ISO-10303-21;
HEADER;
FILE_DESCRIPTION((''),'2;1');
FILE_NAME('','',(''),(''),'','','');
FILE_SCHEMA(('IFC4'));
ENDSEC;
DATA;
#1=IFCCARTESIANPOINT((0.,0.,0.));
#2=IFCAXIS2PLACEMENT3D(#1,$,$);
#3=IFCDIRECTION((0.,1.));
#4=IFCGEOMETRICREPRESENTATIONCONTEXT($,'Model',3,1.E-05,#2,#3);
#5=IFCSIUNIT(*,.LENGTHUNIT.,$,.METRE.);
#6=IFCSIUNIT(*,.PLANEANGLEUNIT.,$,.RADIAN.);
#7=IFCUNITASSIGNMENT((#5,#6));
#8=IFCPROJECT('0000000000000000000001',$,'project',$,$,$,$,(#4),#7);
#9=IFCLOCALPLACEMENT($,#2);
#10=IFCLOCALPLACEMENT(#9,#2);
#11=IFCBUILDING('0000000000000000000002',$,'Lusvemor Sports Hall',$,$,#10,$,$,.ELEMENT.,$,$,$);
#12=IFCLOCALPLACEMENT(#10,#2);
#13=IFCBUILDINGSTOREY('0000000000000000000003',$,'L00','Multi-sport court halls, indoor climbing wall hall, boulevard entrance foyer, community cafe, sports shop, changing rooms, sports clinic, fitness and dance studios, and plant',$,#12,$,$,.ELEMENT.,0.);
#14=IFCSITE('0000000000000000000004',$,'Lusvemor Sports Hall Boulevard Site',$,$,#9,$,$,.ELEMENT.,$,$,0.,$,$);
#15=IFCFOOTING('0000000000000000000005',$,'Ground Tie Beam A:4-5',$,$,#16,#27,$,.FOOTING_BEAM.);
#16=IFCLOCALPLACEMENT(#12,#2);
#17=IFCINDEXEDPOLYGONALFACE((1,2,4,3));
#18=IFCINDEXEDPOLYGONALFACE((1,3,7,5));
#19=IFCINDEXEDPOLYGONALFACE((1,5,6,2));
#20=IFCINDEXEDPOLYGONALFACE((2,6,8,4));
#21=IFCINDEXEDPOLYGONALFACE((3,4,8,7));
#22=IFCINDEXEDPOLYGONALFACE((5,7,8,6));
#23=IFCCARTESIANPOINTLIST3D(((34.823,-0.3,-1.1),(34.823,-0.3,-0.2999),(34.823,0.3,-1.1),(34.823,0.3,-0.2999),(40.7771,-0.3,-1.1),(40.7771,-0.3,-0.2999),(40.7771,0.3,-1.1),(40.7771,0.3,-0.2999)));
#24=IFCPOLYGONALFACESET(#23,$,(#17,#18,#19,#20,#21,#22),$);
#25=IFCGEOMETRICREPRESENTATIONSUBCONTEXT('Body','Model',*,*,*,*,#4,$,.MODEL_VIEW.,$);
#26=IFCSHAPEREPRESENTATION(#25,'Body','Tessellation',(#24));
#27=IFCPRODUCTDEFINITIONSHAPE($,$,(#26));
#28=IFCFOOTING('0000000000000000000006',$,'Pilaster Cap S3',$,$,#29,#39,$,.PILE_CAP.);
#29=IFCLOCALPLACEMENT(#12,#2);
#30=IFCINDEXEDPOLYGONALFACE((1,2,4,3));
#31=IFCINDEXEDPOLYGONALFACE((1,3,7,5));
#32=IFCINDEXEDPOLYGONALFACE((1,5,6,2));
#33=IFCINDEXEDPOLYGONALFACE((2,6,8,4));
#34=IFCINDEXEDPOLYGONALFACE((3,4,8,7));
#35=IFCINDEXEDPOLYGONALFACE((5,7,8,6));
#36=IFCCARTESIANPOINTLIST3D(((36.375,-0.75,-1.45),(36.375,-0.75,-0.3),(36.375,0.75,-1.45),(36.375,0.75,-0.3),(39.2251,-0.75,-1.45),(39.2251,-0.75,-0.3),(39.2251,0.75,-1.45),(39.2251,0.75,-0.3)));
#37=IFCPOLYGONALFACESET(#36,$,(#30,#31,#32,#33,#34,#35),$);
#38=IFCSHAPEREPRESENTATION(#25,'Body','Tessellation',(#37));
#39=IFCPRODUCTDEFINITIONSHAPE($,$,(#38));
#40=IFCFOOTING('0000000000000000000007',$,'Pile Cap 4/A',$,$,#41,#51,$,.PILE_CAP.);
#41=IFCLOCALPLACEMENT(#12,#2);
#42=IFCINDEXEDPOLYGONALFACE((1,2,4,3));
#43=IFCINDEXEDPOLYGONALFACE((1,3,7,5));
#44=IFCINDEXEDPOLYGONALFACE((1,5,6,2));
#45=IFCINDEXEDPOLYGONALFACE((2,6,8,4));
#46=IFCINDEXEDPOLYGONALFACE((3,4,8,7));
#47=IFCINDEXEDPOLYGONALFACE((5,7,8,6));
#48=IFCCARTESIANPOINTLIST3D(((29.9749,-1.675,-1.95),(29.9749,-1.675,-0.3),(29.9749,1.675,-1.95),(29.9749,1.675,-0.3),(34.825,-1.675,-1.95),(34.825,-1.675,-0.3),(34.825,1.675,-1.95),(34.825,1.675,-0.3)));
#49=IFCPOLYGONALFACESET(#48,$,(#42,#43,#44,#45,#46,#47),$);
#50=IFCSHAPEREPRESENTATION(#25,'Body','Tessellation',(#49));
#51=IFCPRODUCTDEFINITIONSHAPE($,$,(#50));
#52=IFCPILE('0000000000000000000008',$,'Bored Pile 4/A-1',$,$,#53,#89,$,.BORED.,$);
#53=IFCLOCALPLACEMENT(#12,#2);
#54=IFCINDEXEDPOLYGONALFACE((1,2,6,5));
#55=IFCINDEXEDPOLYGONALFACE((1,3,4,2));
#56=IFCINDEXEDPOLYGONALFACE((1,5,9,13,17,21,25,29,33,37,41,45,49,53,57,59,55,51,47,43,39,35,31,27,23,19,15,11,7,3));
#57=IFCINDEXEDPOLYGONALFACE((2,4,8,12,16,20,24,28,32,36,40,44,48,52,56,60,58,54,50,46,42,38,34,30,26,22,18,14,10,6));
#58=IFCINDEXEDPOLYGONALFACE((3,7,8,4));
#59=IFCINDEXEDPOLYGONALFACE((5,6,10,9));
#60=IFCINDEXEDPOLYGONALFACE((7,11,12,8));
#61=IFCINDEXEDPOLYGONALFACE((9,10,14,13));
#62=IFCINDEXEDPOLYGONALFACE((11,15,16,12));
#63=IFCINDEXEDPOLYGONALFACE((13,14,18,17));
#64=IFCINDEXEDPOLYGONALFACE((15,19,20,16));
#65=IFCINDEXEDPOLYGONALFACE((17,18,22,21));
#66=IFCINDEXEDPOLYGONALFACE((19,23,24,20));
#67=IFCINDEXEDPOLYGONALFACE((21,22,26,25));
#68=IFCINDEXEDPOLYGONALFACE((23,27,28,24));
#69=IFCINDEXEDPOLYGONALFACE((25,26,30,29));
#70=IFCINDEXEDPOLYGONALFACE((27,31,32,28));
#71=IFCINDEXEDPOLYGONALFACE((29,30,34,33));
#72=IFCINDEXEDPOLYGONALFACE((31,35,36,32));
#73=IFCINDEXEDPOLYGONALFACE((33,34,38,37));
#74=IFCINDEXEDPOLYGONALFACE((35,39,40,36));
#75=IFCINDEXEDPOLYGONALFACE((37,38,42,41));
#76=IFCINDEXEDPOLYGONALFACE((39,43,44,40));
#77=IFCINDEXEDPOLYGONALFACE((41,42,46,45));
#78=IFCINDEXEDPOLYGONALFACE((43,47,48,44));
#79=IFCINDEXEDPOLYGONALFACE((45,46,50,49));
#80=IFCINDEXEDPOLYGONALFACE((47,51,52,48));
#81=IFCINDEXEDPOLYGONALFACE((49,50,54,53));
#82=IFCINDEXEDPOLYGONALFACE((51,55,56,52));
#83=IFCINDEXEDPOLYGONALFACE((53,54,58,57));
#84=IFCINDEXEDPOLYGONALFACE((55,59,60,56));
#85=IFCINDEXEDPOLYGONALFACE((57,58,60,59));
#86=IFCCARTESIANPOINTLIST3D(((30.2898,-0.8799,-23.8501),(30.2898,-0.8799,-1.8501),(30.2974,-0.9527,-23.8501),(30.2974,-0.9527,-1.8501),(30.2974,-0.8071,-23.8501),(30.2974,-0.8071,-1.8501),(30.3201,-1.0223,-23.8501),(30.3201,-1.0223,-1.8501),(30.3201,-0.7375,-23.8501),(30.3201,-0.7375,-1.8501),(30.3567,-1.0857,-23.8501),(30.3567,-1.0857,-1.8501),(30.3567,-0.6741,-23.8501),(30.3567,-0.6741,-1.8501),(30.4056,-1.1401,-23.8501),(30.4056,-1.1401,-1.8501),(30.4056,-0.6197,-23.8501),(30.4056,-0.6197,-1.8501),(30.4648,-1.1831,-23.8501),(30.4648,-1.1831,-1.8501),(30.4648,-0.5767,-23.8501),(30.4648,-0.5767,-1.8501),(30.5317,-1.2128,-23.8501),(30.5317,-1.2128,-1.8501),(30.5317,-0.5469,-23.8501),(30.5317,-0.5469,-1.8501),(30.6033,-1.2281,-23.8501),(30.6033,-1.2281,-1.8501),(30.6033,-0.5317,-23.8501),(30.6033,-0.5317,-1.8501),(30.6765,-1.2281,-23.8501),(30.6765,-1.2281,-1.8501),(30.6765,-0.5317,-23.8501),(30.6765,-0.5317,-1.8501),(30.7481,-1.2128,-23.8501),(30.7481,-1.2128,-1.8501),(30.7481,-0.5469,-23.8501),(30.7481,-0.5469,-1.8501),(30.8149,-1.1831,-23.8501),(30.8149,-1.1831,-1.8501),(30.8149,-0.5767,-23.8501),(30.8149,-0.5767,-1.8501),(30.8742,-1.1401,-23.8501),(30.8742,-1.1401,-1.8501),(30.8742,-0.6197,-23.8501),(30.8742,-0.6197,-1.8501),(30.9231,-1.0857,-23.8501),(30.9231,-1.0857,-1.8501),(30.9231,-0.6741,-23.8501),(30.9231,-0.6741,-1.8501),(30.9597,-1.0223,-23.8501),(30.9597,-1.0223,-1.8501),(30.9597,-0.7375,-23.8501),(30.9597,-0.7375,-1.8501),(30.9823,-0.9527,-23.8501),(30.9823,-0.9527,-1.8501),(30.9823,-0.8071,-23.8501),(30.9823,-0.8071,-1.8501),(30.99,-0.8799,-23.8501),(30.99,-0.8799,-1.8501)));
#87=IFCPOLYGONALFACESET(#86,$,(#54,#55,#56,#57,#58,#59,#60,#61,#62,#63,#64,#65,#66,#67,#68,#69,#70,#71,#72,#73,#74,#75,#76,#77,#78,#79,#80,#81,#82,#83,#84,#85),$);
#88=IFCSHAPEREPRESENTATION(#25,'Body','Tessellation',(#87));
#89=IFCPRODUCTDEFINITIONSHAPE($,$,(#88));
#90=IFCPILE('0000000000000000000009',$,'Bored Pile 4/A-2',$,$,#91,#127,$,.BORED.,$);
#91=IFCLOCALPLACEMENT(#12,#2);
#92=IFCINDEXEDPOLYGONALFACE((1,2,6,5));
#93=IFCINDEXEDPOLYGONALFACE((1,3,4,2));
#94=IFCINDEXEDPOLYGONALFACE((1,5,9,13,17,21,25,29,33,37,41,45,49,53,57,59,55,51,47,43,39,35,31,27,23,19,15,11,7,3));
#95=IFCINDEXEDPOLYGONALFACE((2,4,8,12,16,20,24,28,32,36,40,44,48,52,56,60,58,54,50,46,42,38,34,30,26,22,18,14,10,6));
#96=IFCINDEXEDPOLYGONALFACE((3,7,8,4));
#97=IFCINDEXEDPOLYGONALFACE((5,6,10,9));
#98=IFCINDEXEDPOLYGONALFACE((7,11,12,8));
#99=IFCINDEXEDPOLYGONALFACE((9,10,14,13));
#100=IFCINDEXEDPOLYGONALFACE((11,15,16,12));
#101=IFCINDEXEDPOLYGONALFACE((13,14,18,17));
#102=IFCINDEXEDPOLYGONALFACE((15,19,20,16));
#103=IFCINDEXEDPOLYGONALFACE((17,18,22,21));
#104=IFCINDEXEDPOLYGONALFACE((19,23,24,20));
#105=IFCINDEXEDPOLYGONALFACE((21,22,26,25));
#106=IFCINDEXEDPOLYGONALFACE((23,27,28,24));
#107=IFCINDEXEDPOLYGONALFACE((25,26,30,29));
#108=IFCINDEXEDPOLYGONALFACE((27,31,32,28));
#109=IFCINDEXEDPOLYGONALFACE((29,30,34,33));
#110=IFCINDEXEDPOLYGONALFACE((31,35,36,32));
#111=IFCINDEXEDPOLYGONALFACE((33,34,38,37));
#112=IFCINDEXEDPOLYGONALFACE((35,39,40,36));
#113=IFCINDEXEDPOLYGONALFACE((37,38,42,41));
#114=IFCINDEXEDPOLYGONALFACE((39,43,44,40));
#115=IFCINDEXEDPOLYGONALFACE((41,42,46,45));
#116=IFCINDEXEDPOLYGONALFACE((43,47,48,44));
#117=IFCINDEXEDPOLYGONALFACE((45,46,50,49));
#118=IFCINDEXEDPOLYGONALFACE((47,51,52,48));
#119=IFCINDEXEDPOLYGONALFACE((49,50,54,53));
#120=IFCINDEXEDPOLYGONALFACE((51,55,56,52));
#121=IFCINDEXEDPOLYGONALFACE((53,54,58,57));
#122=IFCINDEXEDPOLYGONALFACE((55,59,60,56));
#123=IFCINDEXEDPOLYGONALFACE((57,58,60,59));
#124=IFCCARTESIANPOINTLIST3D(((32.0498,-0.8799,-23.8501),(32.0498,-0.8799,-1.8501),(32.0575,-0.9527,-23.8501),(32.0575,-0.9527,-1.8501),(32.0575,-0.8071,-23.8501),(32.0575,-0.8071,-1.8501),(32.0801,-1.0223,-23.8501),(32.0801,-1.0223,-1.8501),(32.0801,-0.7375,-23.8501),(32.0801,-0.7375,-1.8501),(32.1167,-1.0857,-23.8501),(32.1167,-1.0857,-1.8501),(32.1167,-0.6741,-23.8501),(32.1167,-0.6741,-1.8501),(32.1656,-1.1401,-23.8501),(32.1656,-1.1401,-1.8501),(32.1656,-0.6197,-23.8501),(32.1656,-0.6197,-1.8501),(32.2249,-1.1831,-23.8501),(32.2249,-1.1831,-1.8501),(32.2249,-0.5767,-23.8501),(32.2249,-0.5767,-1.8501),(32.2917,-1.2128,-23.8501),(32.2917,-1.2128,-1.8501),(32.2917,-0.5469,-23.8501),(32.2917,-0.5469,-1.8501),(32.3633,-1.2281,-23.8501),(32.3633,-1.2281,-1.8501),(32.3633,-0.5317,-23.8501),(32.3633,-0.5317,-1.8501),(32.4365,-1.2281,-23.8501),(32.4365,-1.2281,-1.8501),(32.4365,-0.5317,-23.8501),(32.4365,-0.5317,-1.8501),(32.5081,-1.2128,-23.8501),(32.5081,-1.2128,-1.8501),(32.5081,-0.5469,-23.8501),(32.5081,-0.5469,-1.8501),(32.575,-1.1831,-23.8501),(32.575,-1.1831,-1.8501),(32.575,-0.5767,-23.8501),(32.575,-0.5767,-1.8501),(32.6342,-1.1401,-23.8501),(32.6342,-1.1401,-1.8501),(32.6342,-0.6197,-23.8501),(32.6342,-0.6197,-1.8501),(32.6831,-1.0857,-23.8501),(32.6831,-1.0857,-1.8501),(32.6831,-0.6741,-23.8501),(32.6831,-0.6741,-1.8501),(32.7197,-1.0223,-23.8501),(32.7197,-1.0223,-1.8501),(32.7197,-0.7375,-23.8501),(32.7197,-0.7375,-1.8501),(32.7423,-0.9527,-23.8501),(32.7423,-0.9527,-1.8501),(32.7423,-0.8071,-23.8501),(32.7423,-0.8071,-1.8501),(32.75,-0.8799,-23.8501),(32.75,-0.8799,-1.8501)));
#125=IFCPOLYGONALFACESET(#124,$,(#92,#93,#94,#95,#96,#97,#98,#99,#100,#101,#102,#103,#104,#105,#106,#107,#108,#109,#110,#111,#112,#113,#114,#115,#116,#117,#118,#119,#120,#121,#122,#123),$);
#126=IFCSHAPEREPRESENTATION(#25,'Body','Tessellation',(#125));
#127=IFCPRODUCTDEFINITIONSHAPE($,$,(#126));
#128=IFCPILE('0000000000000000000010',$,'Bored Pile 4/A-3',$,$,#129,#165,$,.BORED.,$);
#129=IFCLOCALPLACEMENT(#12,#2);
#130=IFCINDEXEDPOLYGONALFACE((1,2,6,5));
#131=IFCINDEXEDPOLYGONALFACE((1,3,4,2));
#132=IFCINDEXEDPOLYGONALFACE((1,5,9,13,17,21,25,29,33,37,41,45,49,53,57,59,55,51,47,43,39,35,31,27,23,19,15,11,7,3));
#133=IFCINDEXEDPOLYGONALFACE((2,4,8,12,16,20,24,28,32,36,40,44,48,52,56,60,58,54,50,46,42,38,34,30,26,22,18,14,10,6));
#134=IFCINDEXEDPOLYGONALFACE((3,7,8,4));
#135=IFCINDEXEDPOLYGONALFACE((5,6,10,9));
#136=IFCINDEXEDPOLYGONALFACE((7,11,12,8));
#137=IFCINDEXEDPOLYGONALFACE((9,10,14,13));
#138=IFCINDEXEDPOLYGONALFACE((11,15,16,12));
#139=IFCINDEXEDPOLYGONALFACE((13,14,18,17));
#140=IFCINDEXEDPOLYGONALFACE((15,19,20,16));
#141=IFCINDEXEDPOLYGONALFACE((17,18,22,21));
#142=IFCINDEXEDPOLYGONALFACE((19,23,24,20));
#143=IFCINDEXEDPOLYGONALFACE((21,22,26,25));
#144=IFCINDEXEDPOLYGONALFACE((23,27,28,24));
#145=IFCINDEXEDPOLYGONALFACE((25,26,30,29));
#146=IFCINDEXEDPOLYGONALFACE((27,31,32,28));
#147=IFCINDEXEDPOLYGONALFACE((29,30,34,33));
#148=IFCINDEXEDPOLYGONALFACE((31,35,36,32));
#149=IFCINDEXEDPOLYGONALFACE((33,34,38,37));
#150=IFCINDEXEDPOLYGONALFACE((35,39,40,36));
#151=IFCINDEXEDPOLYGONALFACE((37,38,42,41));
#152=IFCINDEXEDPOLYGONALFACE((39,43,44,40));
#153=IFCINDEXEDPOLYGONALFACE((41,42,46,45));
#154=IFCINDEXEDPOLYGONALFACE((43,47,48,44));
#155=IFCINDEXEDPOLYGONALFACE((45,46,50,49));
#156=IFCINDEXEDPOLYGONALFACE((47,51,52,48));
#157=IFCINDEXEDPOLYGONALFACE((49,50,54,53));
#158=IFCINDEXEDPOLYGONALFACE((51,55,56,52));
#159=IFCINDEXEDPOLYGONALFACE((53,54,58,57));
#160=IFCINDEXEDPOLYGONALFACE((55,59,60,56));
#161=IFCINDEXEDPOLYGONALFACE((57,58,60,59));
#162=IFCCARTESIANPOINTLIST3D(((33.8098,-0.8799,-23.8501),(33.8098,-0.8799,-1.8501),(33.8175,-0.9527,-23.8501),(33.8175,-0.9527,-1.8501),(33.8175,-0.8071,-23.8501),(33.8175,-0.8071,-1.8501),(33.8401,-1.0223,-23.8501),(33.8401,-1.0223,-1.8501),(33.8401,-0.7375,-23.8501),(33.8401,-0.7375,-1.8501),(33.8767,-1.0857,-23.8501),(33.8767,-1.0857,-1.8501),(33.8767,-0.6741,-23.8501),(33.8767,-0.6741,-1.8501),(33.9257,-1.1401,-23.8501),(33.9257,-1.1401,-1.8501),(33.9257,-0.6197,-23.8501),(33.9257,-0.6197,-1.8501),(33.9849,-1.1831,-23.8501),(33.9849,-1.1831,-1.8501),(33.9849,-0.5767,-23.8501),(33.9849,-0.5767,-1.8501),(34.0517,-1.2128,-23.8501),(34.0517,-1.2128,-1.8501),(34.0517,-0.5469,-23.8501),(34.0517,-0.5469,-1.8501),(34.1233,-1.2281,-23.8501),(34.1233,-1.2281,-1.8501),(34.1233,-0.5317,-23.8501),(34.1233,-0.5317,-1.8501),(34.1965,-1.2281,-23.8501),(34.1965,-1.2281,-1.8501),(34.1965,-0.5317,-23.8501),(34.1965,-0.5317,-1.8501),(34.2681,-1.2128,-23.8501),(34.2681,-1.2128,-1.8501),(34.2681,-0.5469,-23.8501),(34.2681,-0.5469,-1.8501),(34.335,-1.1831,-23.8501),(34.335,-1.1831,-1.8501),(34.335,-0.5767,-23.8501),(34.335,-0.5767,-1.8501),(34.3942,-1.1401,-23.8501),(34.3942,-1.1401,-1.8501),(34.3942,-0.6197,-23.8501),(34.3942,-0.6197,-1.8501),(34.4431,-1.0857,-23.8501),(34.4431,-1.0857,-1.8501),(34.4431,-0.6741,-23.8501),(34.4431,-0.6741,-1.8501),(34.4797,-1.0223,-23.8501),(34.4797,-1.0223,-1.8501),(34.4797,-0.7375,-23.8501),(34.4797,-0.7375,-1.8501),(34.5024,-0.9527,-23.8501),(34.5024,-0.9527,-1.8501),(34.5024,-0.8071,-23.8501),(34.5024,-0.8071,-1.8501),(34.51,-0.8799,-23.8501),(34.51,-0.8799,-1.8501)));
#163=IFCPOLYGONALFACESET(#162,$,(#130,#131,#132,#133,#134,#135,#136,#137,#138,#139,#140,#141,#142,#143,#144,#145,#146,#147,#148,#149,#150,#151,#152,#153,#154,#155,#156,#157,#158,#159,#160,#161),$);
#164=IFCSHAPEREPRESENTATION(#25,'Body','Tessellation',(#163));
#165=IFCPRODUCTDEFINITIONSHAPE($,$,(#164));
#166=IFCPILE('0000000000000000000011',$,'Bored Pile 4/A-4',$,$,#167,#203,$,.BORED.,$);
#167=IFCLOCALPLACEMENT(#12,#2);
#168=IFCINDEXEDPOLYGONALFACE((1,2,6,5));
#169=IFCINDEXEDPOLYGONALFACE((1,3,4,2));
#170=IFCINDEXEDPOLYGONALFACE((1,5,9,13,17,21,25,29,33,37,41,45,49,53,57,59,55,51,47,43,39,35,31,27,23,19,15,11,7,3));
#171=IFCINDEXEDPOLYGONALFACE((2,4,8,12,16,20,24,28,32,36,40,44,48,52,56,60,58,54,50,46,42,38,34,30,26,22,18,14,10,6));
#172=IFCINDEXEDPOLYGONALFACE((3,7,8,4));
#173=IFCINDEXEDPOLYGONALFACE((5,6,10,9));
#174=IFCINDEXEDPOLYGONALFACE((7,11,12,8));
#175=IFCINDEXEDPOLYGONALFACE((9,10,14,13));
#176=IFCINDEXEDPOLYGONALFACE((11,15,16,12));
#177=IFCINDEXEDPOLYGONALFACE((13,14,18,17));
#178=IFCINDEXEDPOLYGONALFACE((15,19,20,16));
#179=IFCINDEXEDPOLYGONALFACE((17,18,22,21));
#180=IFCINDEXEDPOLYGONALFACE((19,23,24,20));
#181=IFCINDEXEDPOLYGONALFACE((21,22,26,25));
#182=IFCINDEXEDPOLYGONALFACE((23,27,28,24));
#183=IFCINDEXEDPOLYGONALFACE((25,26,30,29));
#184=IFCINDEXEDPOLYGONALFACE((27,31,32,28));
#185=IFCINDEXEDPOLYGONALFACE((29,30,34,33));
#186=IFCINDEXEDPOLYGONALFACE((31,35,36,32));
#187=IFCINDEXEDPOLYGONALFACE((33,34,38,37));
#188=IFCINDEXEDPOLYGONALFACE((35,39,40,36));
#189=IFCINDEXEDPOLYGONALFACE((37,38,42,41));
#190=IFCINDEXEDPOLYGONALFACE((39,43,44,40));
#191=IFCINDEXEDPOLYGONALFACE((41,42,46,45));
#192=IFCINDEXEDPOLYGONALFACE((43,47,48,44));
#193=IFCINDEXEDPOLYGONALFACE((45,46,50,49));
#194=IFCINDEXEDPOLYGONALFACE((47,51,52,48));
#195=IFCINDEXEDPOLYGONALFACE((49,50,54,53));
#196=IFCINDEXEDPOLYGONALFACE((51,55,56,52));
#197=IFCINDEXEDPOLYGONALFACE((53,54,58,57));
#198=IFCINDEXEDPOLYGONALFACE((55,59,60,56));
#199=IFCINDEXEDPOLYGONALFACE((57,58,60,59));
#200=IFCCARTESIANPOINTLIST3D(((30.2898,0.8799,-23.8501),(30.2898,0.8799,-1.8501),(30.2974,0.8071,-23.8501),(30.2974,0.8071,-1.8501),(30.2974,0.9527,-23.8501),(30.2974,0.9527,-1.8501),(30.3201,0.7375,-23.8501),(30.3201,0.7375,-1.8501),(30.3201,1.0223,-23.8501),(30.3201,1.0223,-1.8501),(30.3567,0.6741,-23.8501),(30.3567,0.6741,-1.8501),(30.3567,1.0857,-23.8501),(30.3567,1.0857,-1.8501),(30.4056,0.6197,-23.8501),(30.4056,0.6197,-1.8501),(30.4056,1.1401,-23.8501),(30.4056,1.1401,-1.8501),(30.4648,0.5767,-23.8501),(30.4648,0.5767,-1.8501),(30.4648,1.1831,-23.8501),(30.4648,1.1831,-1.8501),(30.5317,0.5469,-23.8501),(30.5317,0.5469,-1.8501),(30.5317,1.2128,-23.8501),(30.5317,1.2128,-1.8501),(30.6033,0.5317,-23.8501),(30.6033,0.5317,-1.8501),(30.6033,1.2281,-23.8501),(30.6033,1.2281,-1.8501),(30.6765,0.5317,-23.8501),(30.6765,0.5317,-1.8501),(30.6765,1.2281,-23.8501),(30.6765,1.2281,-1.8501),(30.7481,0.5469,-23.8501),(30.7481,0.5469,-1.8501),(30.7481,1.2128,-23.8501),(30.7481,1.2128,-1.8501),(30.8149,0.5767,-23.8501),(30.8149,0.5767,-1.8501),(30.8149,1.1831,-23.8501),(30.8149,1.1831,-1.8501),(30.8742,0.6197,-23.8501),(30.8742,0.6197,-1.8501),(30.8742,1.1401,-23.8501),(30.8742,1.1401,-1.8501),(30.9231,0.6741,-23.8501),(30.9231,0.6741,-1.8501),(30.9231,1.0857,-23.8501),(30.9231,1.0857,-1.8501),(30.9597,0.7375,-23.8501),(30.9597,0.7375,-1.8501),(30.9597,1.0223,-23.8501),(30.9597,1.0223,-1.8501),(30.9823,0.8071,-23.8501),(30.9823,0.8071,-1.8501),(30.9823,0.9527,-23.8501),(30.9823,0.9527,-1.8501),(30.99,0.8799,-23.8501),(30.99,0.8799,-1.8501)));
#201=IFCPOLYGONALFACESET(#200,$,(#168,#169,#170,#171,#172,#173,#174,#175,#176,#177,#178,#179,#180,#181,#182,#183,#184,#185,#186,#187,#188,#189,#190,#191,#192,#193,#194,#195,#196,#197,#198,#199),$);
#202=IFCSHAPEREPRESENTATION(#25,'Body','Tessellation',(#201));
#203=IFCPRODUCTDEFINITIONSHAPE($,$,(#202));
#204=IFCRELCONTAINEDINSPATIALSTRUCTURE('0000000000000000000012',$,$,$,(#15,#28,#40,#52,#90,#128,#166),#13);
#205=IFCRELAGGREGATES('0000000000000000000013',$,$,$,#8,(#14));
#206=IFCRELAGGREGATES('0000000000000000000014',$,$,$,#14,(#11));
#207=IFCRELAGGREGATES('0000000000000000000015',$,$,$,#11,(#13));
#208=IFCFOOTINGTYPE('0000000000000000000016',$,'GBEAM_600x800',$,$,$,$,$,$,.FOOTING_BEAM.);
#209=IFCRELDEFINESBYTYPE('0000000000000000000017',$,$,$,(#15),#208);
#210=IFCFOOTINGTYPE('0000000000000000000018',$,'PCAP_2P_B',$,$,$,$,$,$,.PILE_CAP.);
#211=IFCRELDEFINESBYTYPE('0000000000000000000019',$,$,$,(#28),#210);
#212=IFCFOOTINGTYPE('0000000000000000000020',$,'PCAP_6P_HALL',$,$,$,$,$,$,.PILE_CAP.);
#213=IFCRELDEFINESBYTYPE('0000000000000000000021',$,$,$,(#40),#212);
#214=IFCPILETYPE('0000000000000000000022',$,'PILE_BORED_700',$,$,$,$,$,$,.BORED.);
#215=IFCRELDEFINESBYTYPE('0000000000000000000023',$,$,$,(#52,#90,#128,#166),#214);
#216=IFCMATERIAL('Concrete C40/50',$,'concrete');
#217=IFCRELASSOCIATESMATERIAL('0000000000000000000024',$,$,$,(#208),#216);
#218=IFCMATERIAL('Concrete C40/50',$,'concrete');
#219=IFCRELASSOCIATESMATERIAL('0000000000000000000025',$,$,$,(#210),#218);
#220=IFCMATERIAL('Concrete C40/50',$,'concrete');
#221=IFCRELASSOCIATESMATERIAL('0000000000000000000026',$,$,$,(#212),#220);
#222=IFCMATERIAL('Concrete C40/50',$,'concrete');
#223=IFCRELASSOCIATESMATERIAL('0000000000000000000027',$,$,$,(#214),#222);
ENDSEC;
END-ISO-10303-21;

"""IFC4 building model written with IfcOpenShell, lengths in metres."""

from ifc_helpers import new_model, si_unit, direction, frame, origin, origin_2d, place, context, subcontext, project, spatial, rectangle, circle, extrude, material, material_profile, profile_set, type_object, element, save


model = new_model("IFC4")

# Units and contexts
model_context = context("Model", 3, precision=1e-05, world=origin(), true_north=direction((0.0, 1.0)))
body_context = subcontext(model_context, "Body", "Model", "MODEL_VIEW")
ifc_project = project(units=[si_unit("LENGTHUNIT", "METRE"), si_unit("PLANEANGLEUNIT", "RADIAN")], contexts=[model_context])

# Site, building, storey
site_placement = place(None, origin())
site = spatial("IfcSite", under=ifc_project, at=site_placement, Name="Lusvemor Sports Hall Boulevard Site", CompositionType="ELEMENT", RefElevation=0.0)
building_placement = place(site_placement, origin())
building = spatial("IfcBuilding", under=site, at=building_placement, Name="Lusvemor Sports Hall", CompositionType="ELEMENT")
storey_placement = place(building_placement, origin())
storey = spatial("IfcBuildingStorey", under=building, at=storey_placement, Name="L00", Description="Multi-sport court halls, indoor climbing wall hall, boulevard entrance foyer, community cafe, sports shop, changing rooms, sports clinic, fitness and dance studios, and plant", CompositionType="ELEMENT", Elevation=0.0)

# Footings
ifc_material_1 = material(Name="Concrete C40/50", Category="concrete")
ifc_material_profile_1 = material_profile(ifc_material_1, rectangle(XDim=0.6001, YDim=0.8, at=origin_2d()), Name="GB_600x800")
ifc_profile_set_1 = profile_set([ifc_material_profile_1], Name="Concrete C40/50")
footing_type_1 = type_object("IfcFootingType", Name="GBEAM_600x800", PredefinedType="FOOTING_BEAM", material=ifc_profile_set_1)
footing_1_placement = place(storey_placement, frame((34.823, 0.0, -0.7), z_axis=(1.0, 0.0, 0.0), x_axis=(0.0, 1.0, 0.0)))
element("IfcFooting", 1, at=footing_1_placement, inside=storey, type_object=footing_type_1, Name="Ground Tie Beam A:4-5", PredefinedType="FOOTING_BEAM", context=body_context, shape_type="SweptSolid", body=[
    extrude(rectangle(XDim=0.6001, YDim=0.8, at=origin_2d()), origin(), (0.0, 0.0, 1.0), 5.9541),
])
ifc_material_2 = material(Name="Concrete C40/50", Category="concrete")
footing_type_2 = type_object("IfcFootingType", Name="PCAP_2P_B", PredefinedType="PILE_CAP", material=ifc_material_2)
footing_2_placement = place(storey_placement, frame((37.8, 0.0, -1.45), z_axis=(0.0, 0.0, 1.0), x_axis=(1.0, 0.0, 0.0)))
element("IfcFooting", 2, at=footing_2_placement, inside=storey, type_object=footing_type_2, Name="Pilaster Cap S3", PredefinedType="PILE_CAP", context=body_context, shape_type="SweptSolid", body=[
    extrude(rectangle(XDim=2.8501, YDim=1.5, at=origin_2d()), origin(), (0.0, 0.0, 1.0), 1.1499),
])
ifc_material_3 = material(Name="Concrete C40/50", Category="concrete")
footing_type_3 = type_object("IfcFootingType", Name="PCAP_6P_HALL", PredefinedType="PILE_CAP", material=ifc_material_3)
footing_3_placement = place(storey_placement, frame((32.3999, 0.0, -1.95), z_axis=(0.0, 0.0, 1.0), x_axis=(1.0, 0.0, 0.0)))
element("IfcFooting", 3, at=footing_3_placement, inside=storey, type_object=footing_type_3, Name="Pile Cap 4/A", PredefinedType="PILE_CAP", context=body_context, shape_type="SweptSolid", body=[
    extrude(rectangle(XDim=4.8501, YDim=3.3501, at=origin_2d()), origin(), (0.0, 0.0, 1.0), 1.6499),
])

# Piles
ifc_material_4 = material(Name="Concrete C40/50", Category="concrete")
ifc_material_profile_2 = material_profile(ifc_material_4, circle(Radius=0.3501, at=origin_2d()), Name="PILE700")
ifc_profile_set_2 = profile_set([ifc_material_profile_2], Name="Concrete C40/50")
pile_type = type_object("IfcPileType", Name="PILE_BORED_700", PredefinedType="BORED", material=ifc_profile_set_2)
for number, where, z_axis, x_axis, name in (
    (4, (30.6399, -0.8799, -1.8501), (0.0, 0.0, -1.0), (1.0, 0.0, 0.0), "Bored Pile 4/A-1"),
    (5, (32.3999, -0.8799, -1.8501), (0.0, 0.0, -1.0), (1.0, 0.0, 0.0), "Bored Pile 4/A-2"),
    (6, (34.1599, -0.8799, -1.8501), (0.0, 0.0, -1.0), (1.0, 0.0, 0.0), "Bored Pile 4/A-3"),
    (7, (30.6399, 0.8799, -1.8501), (0.0, 0.0, -1.0), (1.0, 0.0, 0.0), "Bored Pile 4/A-4"),
):
    element("IfcPile", number, at=place(storey_placement, frame(where, z_axis=z_axis, x_axis=x_axis)), inside=storey, type_object=pile_type, Name=name, PredefinedType="BORED", context=body_context, shape_type="SweptSolid", body=[
        extrude(circle(Radius=0.3501, at=origin_2d()), origin(), (0.0, 0.0, 1.0), 22.0),
    ])

save(model, "model.ifc")
